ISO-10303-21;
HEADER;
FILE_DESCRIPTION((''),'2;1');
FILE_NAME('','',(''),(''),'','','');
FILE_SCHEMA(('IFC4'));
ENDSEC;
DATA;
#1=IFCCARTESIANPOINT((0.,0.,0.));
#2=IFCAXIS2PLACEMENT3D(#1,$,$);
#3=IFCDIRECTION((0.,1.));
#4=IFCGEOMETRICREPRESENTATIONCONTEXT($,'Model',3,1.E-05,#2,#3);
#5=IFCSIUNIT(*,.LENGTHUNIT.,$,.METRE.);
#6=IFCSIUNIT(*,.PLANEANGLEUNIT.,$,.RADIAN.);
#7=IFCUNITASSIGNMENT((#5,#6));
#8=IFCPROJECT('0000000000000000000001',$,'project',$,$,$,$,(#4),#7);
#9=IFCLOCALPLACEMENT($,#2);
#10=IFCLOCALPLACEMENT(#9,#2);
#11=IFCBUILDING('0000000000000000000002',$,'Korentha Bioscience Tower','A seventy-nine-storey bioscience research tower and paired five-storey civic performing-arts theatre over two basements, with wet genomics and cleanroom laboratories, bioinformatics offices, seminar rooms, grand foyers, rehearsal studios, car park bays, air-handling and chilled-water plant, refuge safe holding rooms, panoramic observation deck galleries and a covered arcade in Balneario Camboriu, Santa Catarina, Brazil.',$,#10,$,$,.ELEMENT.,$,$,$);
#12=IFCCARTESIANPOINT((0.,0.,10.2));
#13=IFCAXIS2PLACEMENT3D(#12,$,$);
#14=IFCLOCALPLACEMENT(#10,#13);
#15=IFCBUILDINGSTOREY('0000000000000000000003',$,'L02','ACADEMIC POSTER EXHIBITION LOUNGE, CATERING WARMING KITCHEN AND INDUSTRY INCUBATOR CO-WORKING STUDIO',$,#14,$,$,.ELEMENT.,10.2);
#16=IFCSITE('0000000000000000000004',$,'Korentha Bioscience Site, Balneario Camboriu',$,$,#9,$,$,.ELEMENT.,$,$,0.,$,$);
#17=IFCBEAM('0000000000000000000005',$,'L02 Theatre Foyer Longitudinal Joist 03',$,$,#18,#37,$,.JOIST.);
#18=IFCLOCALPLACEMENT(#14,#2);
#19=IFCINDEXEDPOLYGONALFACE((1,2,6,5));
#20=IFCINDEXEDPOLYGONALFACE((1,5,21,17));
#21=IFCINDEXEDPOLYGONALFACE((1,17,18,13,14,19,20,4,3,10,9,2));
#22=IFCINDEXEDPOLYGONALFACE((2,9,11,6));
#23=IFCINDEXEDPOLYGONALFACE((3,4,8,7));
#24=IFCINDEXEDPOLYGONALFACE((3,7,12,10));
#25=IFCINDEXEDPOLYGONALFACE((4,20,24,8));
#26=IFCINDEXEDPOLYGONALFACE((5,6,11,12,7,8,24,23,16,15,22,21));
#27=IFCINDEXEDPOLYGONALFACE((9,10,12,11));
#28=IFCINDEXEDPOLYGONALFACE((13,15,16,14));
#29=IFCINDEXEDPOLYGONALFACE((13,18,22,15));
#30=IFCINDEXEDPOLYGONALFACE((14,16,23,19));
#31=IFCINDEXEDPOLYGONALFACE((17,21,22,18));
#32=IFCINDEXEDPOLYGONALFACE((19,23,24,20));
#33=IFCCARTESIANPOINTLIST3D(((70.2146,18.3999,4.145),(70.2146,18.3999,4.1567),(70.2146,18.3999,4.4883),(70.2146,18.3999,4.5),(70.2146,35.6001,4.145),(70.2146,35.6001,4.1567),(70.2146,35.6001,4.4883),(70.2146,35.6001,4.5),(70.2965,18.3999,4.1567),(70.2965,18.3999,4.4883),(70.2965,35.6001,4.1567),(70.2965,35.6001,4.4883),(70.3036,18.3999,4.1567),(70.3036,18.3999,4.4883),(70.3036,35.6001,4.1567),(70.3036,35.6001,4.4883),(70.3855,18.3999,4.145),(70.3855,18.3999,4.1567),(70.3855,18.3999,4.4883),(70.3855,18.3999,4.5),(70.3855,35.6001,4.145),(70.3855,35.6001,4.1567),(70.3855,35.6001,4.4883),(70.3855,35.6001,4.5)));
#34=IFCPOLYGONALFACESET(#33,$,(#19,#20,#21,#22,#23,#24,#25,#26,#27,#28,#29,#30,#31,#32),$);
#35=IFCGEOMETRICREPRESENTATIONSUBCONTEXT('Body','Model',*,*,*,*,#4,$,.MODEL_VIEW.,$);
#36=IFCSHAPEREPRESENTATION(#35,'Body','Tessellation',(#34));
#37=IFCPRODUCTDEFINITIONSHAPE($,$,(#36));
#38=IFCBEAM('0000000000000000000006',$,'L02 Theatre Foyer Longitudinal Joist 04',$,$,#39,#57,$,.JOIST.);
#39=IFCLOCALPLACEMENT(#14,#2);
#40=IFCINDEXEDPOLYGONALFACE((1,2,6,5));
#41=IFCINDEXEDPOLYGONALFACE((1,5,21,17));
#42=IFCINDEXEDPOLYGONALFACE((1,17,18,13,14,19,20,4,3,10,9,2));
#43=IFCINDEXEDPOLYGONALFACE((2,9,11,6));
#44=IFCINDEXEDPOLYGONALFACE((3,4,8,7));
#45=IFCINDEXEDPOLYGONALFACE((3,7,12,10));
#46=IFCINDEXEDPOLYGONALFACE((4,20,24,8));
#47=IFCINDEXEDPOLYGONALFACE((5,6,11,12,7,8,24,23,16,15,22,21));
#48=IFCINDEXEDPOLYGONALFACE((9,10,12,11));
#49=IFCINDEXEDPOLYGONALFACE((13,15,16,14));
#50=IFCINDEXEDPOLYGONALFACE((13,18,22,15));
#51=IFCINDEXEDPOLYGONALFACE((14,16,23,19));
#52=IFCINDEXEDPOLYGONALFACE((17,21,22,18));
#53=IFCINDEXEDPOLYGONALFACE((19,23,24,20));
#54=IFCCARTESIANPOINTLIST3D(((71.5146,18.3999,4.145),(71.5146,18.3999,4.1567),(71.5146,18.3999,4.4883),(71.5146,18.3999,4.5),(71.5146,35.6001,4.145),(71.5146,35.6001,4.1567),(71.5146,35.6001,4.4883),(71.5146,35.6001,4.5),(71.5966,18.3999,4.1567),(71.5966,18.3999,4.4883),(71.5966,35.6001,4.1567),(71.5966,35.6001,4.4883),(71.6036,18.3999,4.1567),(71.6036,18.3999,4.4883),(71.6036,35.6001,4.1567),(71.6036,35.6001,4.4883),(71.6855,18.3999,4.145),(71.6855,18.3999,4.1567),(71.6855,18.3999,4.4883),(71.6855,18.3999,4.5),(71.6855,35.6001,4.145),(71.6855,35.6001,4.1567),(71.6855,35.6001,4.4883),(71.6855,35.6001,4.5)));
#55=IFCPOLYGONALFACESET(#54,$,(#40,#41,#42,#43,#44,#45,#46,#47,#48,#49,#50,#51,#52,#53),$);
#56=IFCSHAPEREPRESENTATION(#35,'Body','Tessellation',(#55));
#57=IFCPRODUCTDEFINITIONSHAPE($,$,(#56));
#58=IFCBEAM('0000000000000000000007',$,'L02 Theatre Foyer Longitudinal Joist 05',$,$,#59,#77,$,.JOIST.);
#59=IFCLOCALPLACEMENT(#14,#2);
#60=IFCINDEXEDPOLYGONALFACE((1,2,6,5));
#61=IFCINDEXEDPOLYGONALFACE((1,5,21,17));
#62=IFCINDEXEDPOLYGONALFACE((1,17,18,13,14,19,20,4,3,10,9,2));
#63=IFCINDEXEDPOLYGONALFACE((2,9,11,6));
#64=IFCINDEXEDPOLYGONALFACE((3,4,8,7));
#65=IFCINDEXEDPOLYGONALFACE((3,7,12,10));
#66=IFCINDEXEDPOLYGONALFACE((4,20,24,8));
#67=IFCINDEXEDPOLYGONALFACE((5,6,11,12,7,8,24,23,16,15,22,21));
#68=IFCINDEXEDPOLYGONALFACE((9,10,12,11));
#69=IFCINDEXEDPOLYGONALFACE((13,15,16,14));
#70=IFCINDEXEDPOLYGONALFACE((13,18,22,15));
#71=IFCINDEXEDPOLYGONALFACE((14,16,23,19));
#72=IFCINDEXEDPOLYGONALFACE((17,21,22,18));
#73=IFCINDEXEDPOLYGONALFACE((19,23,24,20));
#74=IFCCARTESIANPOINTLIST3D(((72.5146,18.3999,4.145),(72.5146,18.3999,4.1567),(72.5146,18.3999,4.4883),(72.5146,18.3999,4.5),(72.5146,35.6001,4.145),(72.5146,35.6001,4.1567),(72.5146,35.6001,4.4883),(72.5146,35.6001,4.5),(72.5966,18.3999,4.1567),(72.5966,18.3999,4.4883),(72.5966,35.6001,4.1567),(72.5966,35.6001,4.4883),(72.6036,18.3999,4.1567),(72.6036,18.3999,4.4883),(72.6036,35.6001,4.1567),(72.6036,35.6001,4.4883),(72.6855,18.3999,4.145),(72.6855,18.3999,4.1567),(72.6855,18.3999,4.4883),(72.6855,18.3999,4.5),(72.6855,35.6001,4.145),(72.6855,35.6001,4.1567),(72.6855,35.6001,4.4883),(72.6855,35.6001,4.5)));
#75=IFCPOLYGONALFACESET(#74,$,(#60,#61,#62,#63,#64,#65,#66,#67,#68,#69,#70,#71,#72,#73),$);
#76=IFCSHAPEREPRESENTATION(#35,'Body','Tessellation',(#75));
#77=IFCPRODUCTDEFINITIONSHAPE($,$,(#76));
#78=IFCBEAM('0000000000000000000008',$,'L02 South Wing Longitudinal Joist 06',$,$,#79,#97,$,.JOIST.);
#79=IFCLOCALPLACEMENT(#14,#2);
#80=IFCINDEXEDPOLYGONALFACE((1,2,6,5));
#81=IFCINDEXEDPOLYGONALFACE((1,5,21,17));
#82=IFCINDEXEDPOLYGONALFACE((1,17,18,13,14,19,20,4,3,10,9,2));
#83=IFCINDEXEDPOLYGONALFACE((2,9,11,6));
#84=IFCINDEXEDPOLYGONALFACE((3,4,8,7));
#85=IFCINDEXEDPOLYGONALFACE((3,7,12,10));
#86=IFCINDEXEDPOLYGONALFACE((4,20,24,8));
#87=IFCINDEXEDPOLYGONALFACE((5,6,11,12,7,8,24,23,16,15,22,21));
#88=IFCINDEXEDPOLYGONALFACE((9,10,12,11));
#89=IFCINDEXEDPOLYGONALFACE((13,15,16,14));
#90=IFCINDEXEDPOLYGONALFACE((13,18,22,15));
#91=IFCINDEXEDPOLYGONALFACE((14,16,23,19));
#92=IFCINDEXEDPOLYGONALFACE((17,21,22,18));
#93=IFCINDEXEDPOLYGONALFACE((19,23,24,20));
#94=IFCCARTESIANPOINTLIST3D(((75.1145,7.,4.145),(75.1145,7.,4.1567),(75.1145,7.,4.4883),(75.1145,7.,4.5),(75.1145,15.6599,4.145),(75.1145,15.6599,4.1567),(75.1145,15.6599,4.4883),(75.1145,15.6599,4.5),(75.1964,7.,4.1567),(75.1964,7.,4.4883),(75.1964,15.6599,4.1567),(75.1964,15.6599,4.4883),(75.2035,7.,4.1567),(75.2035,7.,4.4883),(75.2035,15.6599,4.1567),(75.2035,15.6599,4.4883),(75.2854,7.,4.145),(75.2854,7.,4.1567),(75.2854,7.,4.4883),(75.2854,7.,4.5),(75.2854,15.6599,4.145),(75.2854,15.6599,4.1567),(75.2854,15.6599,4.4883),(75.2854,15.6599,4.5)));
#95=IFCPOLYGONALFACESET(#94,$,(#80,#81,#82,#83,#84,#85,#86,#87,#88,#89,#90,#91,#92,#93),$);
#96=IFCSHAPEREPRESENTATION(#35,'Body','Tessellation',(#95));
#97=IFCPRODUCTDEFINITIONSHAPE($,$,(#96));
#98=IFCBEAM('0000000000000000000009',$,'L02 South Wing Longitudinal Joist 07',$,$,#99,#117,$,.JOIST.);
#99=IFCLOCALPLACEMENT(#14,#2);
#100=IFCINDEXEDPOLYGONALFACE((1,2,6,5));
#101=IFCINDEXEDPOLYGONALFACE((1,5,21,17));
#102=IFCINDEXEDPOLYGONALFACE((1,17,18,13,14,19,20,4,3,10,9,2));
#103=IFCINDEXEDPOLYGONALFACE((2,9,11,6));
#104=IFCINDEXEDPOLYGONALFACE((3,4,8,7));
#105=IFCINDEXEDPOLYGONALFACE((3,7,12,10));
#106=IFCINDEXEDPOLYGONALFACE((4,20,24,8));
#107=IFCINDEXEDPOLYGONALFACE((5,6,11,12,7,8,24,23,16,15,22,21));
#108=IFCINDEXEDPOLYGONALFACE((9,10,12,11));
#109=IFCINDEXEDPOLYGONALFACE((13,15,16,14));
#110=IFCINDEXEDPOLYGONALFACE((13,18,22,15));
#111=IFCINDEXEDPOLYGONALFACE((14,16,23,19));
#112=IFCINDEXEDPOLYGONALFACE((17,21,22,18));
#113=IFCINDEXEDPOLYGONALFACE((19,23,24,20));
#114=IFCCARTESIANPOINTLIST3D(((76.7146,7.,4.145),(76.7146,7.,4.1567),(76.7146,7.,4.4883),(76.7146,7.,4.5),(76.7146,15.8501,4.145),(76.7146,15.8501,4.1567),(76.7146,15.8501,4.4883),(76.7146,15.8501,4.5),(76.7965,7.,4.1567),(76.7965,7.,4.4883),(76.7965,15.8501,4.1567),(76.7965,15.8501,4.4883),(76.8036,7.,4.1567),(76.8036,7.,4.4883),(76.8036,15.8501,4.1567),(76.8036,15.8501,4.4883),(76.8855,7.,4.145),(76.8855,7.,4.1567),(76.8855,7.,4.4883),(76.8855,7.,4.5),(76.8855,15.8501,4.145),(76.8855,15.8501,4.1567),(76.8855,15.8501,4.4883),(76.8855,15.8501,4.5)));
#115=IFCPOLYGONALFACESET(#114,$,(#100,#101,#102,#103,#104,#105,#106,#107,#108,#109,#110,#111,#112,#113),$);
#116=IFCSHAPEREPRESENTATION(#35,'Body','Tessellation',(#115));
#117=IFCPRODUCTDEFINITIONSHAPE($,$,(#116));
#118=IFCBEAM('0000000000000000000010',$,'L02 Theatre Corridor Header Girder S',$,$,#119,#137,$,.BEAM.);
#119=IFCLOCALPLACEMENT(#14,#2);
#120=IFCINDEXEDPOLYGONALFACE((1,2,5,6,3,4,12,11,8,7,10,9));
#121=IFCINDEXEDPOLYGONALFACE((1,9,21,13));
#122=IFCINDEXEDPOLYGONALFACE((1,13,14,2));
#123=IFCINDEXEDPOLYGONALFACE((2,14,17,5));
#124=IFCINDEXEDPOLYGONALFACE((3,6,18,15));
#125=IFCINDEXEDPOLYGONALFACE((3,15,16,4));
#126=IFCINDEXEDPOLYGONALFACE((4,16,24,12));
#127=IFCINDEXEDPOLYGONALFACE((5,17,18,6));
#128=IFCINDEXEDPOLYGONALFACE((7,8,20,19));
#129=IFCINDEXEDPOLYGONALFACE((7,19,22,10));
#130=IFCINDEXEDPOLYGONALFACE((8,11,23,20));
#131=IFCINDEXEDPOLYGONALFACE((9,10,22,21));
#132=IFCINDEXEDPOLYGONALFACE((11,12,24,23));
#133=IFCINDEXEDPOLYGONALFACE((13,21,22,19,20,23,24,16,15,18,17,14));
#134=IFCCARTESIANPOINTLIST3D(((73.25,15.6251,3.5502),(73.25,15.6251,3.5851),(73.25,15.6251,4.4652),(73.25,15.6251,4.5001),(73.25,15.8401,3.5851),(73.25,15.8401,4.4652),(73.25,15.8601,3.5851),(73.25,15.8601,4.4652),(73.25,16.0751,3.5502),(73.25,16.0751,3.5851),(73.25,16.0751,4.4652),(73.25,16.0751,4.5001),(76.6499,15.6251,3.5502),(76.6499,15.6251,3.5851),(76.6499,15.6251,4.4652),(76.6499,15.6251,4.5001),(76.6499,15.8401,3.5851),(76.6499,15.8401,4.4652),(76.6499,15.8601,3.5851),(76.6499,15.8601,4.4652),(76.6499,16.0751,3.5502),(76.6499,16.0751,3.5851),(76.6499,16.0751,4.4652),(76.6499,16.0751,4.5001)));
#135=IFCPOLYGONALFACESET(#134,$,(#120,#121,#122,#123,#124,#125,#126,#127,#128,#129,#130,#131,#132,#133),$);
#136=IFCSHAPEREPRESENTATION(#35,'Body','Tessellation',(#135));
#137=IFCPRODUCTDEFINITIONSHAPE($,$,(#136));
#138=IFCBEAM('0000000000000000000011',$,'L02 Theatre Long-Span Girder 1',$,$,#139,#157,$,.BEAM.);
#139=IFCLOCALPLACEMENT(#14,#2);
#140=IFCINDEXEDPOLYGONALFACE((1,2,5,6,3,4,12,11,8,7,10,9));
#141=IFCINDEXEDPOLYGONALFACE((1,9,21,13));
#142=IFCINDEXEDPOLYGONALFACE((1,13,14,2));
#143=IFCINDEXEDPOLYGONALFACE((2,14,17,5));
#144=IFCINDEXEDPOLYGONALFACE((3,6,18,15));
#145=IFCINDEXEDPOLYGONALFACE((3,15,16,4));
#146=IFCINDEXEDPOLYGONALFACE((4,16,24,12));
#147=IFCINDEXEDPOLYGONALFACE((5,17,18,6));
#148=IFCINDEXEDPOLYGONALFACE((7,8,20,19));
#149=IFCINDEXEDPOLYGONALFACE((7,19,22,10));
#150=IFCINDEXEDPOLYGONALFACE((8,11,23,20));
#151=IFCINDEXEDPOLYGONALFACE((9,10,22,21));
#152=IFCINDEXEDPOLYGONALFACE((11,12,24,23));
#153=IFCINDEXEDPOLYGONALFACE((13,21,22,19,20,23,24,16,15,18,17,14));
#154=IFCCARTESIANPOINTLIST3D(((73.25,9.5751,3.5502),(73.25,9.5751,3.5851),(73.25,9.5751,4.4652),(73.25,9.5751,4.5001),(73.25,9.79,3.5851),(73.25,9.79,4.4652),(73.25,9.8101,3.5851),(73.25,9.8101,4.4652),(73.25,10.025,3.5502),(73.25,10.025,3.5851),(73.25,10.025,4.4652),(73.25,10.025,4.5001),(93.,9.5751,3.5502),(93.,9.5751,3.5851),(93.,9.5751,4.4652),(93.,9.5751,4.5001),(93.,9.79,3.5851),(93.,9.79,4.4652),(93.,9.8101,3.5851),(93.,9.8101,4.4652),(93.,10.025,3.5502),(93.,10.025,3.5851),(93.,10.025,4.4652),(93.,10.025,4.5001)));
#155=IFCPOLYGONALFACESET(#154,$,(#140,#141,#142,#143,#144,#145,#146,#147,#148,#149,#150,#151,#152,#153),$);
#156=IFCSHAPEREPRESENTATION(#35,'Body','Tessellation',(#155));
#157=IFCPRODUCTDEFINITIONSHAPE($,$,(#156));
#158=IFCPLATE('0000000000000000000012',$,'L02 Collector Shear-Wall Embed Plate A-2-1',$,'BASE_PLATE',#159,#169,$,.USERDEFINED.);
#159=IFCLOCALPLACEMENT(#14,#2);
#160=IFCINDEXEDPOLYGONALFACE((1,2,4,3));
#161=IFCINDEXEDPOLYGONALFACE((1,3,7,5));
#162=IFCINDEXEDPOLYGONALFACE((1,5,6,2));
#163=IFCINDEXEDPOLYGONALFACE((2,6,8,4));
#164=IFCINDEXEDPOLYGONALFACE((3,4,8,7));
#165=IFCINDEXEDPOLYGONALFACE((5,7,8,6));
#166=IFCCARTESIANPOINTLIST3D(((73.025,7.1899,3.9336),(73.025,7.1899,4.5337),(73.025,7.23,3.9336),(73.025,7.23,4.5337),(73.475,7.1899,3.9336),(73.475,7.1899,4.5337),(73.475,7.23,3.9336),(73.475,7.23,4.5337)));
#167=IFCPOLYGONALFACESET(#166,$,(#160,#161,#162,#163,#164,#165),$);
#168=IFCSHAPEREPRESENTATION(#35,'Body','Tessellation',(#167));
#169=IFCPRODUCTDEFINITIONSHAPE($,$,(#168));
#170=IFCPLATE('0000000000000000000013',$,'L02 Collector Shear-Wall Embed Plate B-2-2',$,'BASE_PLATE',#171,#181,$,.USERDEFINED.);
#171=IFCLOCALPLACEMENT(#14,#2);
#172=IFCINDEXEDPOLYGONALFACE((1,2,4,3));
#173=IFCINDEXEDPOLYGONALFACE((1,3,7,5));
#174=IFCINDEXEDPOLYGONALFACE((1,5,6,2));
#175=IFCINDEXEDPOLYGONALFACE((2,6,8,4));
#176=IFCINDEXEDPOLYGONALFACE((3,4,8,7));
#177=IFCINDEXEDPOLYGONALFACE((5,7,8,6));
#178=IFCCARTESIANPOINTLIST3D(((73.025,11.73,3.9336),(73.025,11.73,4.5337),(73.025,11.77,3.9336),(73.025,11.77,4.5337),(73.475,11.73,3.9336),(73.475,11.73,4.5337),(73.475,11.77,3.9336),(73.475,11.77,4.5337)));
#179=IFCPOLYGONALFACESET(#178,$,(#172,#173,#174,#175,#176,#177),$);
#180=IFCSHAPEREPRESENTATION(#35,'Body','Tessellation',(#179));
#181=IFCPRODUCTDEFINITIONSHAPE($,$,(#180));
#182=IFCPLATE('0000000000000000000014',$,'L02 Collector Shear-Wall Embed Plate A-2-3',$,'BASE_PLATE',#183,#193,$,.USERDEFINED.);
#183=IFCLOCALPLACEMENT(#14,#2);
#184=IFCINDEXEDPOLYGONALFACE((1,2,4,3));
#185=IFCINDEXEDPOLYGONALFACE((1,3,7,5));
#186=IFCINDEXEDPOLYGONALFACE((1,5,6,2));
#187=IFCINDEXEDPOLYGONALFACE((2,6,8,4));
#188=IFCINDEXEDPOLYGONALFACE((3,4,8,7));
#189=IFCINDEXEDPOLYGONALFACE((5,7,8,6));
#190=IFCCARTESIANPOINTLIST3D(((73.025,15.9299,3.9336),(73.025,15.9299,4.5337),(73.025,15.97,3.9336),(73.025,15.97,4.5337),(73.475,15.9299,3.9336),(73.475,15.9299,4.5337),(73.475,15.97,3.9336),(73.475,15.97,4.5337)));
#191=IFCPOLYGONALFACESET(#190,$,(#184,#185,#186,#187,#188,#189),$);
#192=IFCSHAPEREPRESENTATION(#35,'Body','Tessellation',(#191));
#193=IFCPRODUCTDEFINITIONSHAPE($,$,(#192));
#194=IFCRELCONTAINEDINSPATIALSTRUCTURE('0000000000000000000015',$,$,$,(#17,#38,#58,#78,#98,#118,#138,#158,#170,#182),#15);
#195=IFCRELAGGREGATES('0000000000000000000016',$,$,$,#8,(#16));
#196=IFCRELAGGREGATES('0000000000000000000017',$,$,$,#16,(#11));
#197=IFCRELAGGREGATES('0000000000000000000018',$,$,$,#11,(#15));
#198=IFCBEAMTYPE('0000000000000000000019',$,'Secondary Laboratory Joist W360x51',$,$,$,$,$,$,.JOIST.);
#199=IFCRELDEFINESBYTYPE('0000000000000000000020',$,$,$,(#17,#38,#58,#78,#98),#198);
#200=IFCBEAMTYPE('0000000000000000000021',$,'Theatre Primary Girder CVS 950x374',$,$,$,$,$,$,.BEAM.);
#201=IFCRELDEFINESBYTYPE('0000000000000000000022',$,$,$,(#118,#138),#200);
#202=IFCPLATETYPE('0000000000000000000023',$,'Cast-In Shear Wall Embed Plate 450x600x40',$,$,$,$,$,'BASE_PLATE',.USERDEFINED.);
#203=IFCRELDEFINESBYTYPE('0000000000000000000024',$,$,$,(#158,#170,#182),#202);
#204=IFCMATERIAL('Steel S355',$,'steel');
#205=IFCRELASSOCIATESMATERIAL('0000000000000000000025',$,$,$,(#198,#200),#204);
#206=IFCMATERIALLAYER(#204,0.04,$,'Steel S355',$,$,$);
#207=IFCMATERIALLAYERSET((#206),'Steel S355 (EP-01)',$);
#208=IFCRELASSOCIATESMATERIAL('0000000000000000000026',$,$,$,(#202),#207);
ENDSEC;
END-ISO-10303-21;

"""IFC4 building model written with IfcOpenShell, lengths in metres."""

from ifc_helpers import new_model, si_unit, direction, frame, origin, origin_2d, place, context, subcontext, project, spatial, rectangle, i_section, extrude, material, layer, layer_set, material_profile, profile_set, type_object, element, save


model = new_model("IFC4")

# Units and contexts
model_context = context("Model", 3, precision=1e-05, world=origin(), true_north=direction((0.0, 1.0)))
body_context = subcontext(model_context, "Body", "Model", "MODEL_VIEW")
ifc_project = project(units=[si_unit("LENGTHUNIT", "METRE"), si_unit("PLANEANGLEUNIT", "RADIAN")], contexts=[model_context])

# Site, building, storey
site_placement = place(None, origin())
site = spatial("IfcSite", under=ifc_project, at=site_placement, Name="Korentha Bioscience Site, Balneario Camboriu", CompositionType="ELEMENT", RefElevation=0.0)
building_placement = place(site_placement, origin())
building = spatial("IfcBuilding", under=site, at=building_placement, Name="Korentha Bioscience Tower", Description="A seventy-nine-storey bioscience research tower and paired five-storey civic performing-arts theatre over two basements, with wet genomics and cleanroom laboratories, bioinformatics offices, seminar rooms, grand foyers, rehearsal studios, car park bays, air-handling and chilled-water plant, refuge safe holding rooms, panoramic observation deck galleries and a covered arcade in Balneario Camboriu, Santa Catarina, Brazil.", CompositionType="ELEMENT")
storey_placement = place(building_placement, frame((0.0, 0.0, 10.2)))
storey = spatial("IfcBuildingStorey", under=building, at=storey_placement, Name="L02", Description="ACADEMIC POSTER EXHIBITION LOUNGE, CATERING WARMING KITCHEN AND INDUSTRY INCUBATOR CO-WORKING STUDIO", CompositionType="ELEMENT", Elevation=10.2)

# Beams
ifc_material_1 = material(Name="Steel S355", Category="steel")
ifc_material_profile_1 = material_profile(ifc_material_1, i_section(OverallWidth=0.1709, OverallDepth=0.355, WebThickness=0.0071, FlangeThickness=0.0117, at=origin_2d()), Name="Steel S355")
ifc_profile_set_1 = profile_set([ifc_material_profile_1], Name="Steel S355 (JB-360)")
beam_type_1 = type_object("IfcBeamType", Name="Secondary Laboratory Joist W360x51", PredefinedType="JOIST", material=ifc_profile_set_1)
for number, where, z_axis, x_axis, name in (
    (1, (70.3, 18.3999, 4.3225), (0.0, 1.0, 0.0), (-1.0, 0.0, 0.0), "L02 Theatre Foyer Longitudinal Joist 03"),
    (2, (71.6001, 18.3999, 4.3225), (0.0, 1.0, 0.0), (-1.0, 0.0, 0.0), "L02 Theatre Foyer Longitudinal Joist 04"),
    (3, (72.6001, 18.3999, 4.3225), (0.0, 1.0, 0.0), (-1.0, 0.0, 0.0), "L02 Theatre Foyer Longitudinal Joist 05"),
):
    element("IfcBeam", number, at=place(storey_placement, frame(where, z_axis=z_axis, x_axis=x_axis)), inside=storey, type_object=beam_type_1, Name=name, PredefinedType="JOIST", context=body_context, shape_type="SweptSolid", body=[
        extrude(i_section(OverallWidth=0.1709, OverallDepth=0.355, WebThickness=0.0071, FlangeThickness=0.0117, at=origin_2d()), origin(), (0.0, 0.0, 1.0), 17.2002),
    ])
beam_1_placement = place(storey_placement, frame((75.2, 7.0, 4.3225), z_axis=(0.0, 1.0, 0.0), x_axis=(-1.0, 0.0, 0.0)))
element("IfcBeam", 4, at=beam_1_placement, inside=storey, type_object=beam_type_1, Name="L02 South Wing Longitudinal Joist 06", PredefinedType="JOIST", context=body_context, shape_type="SweptSolid", body=[
    extrude(i_section(OverallWidth=0.1709, OverallDepth=0.355, WebThickness=0.0071, FlangeThickness=0.0117, at=origin_2d()), origin(), (0.0, 0.0, 1.0), 8.6599),
])
beam_2_placement = place(storey_placement, frame((76.8, 7.0, 4.3225), z_axis=(0.0, 1.0, 0.0), x_axis=(-1.0, 0.0, 0.0)))
element("IfcBeam", 5, at=beam_2_placement, inside=storey, type_object=beam_type_1, Name="L02 South Wing Longitudinal Joist 07", PredefinedType="JOIST", context=body_context, shape_type="SweptSolid", body=[
    extrude(i_section(OverallWidth=0.1709, OverallDepth=0.355, WebThickness=0.0071, FlangeThickness=0.0117, at=origin_2d()), origin(), (0.0, 0.0, 1.0), 8.8501),
])
ifc_material_profile_2 = material_profile(ifc_material_1, i_section(OverallWidth=0.45, OverallDepth=0.95, WebThickness=0.02, FlangeThickness=0.0349, at=origin_2d()), Name="Steel S355")
ifc_profile_set_2 = profile_set([ifc_material_profile_2], Name="Steel S355 (TB-950)")
beam_type_2 = type_object("IfcBeamType", Name="Theatre Primary Girder CVS 950x374", PredefinedType="BEAM", material=ifc_profile_set_2)
beam_3_placement = place(storey_placement, frame((73.25, 15.8501, 4.0251), z_axis=(1.0, 0.0, 0.0), x_axis=(0.0, 1.0, 0.0)))
element("IfcBeam", 6, at=beam_3_placement, inside=storey, type_object=beam_type_2, Name="L02 Theatre Corridor Header Girder S", PredefinedType="BEAM", context=body_context, shape_type="SweptSolid", body=[
    extrude(i_section(OverallWidth=0.45, OverallDepth=0.95, WebThickness=0.02, FlangeThickness=0.0349, at=origin_2d()), origin(), (0.0, 0.0, 1.0), 3.3999),
])
beam_4_placement = place(storey_placement, frame((73.25, 9.8, 4.0251), z_axis=(1.0, 0.0, 0.0), x_axis=(0.0, 1.0, 0.0)))
element("IfcBeam", 7, at=beam_4_placement, inside=storey, type_object=beam_type_2, Name="L02 Theatre Long-Span Girder 1", PredefinedType="BEAM", context=body_context, shape_type="SweptSolid", body=[
    extrude(i_section(OverallWidth=0.45, OverallDepth=0.95, WebThickness=0.02, FlangeThickness=0.0349, at=origin_2d()), origin(), (0.0, 0.0, 1.0), 19.75),
])

# Plates
ifc_layer_1 = layer(ifc_material_1, 0.04, Name="Steel S355")
ifc_layer_set_1 = layer_set([ifc_layer_1], Name="Steel S355 (EP-01)")
plate_type_1 = type_object("IfcPlateType", Name="Cast-In Shear Wall Embed Plate 450x600x40", ElementType="BASE_PLATE", PredefinedType="USERDEFINED", material=ifc_layer_set_1)
for number, where, z_axis, x_axis, name in (
    (8, (73.25, 7.21, 3.9336), (0.0, 0.0, 1.0), (1.0, 0.0, 0.0), "L02 Collector Shear-Wall Embed Plate A-2-1"),
    (9, (73.25, 11.75, 3.9336), (0.0, 0.0, 1.0), (1.0, 0.0, 0.0), "L02 Collector Shear-Wall Embed Plate B-2-2"),
    (10, (73.25, 15.95, 3.9336), (0.0, 0.0, 1.0), (1.0, 0.0, 0.0), "L02 Collector Shear-Wall Embed Plate A-2-3"),
):
    element("IfcPlate", number, at=place(storey_placement, frame(where, z_axis=z_axis, x_axis=x_axis)), inside=storey, type_object=plate_type_1, Name=name, ObjectType="BASE_PLATE", PredefinedType="USERDEFINED", context=body_context, shape_type="SweptSolid", body=[
        extrude(rectangle(XDim=0.45, YDim=0.04, at=origin_2d()), origin(), (0.0, 0.0, 1.0), 0.6001),
    ])

save(model, "model.ifc")
